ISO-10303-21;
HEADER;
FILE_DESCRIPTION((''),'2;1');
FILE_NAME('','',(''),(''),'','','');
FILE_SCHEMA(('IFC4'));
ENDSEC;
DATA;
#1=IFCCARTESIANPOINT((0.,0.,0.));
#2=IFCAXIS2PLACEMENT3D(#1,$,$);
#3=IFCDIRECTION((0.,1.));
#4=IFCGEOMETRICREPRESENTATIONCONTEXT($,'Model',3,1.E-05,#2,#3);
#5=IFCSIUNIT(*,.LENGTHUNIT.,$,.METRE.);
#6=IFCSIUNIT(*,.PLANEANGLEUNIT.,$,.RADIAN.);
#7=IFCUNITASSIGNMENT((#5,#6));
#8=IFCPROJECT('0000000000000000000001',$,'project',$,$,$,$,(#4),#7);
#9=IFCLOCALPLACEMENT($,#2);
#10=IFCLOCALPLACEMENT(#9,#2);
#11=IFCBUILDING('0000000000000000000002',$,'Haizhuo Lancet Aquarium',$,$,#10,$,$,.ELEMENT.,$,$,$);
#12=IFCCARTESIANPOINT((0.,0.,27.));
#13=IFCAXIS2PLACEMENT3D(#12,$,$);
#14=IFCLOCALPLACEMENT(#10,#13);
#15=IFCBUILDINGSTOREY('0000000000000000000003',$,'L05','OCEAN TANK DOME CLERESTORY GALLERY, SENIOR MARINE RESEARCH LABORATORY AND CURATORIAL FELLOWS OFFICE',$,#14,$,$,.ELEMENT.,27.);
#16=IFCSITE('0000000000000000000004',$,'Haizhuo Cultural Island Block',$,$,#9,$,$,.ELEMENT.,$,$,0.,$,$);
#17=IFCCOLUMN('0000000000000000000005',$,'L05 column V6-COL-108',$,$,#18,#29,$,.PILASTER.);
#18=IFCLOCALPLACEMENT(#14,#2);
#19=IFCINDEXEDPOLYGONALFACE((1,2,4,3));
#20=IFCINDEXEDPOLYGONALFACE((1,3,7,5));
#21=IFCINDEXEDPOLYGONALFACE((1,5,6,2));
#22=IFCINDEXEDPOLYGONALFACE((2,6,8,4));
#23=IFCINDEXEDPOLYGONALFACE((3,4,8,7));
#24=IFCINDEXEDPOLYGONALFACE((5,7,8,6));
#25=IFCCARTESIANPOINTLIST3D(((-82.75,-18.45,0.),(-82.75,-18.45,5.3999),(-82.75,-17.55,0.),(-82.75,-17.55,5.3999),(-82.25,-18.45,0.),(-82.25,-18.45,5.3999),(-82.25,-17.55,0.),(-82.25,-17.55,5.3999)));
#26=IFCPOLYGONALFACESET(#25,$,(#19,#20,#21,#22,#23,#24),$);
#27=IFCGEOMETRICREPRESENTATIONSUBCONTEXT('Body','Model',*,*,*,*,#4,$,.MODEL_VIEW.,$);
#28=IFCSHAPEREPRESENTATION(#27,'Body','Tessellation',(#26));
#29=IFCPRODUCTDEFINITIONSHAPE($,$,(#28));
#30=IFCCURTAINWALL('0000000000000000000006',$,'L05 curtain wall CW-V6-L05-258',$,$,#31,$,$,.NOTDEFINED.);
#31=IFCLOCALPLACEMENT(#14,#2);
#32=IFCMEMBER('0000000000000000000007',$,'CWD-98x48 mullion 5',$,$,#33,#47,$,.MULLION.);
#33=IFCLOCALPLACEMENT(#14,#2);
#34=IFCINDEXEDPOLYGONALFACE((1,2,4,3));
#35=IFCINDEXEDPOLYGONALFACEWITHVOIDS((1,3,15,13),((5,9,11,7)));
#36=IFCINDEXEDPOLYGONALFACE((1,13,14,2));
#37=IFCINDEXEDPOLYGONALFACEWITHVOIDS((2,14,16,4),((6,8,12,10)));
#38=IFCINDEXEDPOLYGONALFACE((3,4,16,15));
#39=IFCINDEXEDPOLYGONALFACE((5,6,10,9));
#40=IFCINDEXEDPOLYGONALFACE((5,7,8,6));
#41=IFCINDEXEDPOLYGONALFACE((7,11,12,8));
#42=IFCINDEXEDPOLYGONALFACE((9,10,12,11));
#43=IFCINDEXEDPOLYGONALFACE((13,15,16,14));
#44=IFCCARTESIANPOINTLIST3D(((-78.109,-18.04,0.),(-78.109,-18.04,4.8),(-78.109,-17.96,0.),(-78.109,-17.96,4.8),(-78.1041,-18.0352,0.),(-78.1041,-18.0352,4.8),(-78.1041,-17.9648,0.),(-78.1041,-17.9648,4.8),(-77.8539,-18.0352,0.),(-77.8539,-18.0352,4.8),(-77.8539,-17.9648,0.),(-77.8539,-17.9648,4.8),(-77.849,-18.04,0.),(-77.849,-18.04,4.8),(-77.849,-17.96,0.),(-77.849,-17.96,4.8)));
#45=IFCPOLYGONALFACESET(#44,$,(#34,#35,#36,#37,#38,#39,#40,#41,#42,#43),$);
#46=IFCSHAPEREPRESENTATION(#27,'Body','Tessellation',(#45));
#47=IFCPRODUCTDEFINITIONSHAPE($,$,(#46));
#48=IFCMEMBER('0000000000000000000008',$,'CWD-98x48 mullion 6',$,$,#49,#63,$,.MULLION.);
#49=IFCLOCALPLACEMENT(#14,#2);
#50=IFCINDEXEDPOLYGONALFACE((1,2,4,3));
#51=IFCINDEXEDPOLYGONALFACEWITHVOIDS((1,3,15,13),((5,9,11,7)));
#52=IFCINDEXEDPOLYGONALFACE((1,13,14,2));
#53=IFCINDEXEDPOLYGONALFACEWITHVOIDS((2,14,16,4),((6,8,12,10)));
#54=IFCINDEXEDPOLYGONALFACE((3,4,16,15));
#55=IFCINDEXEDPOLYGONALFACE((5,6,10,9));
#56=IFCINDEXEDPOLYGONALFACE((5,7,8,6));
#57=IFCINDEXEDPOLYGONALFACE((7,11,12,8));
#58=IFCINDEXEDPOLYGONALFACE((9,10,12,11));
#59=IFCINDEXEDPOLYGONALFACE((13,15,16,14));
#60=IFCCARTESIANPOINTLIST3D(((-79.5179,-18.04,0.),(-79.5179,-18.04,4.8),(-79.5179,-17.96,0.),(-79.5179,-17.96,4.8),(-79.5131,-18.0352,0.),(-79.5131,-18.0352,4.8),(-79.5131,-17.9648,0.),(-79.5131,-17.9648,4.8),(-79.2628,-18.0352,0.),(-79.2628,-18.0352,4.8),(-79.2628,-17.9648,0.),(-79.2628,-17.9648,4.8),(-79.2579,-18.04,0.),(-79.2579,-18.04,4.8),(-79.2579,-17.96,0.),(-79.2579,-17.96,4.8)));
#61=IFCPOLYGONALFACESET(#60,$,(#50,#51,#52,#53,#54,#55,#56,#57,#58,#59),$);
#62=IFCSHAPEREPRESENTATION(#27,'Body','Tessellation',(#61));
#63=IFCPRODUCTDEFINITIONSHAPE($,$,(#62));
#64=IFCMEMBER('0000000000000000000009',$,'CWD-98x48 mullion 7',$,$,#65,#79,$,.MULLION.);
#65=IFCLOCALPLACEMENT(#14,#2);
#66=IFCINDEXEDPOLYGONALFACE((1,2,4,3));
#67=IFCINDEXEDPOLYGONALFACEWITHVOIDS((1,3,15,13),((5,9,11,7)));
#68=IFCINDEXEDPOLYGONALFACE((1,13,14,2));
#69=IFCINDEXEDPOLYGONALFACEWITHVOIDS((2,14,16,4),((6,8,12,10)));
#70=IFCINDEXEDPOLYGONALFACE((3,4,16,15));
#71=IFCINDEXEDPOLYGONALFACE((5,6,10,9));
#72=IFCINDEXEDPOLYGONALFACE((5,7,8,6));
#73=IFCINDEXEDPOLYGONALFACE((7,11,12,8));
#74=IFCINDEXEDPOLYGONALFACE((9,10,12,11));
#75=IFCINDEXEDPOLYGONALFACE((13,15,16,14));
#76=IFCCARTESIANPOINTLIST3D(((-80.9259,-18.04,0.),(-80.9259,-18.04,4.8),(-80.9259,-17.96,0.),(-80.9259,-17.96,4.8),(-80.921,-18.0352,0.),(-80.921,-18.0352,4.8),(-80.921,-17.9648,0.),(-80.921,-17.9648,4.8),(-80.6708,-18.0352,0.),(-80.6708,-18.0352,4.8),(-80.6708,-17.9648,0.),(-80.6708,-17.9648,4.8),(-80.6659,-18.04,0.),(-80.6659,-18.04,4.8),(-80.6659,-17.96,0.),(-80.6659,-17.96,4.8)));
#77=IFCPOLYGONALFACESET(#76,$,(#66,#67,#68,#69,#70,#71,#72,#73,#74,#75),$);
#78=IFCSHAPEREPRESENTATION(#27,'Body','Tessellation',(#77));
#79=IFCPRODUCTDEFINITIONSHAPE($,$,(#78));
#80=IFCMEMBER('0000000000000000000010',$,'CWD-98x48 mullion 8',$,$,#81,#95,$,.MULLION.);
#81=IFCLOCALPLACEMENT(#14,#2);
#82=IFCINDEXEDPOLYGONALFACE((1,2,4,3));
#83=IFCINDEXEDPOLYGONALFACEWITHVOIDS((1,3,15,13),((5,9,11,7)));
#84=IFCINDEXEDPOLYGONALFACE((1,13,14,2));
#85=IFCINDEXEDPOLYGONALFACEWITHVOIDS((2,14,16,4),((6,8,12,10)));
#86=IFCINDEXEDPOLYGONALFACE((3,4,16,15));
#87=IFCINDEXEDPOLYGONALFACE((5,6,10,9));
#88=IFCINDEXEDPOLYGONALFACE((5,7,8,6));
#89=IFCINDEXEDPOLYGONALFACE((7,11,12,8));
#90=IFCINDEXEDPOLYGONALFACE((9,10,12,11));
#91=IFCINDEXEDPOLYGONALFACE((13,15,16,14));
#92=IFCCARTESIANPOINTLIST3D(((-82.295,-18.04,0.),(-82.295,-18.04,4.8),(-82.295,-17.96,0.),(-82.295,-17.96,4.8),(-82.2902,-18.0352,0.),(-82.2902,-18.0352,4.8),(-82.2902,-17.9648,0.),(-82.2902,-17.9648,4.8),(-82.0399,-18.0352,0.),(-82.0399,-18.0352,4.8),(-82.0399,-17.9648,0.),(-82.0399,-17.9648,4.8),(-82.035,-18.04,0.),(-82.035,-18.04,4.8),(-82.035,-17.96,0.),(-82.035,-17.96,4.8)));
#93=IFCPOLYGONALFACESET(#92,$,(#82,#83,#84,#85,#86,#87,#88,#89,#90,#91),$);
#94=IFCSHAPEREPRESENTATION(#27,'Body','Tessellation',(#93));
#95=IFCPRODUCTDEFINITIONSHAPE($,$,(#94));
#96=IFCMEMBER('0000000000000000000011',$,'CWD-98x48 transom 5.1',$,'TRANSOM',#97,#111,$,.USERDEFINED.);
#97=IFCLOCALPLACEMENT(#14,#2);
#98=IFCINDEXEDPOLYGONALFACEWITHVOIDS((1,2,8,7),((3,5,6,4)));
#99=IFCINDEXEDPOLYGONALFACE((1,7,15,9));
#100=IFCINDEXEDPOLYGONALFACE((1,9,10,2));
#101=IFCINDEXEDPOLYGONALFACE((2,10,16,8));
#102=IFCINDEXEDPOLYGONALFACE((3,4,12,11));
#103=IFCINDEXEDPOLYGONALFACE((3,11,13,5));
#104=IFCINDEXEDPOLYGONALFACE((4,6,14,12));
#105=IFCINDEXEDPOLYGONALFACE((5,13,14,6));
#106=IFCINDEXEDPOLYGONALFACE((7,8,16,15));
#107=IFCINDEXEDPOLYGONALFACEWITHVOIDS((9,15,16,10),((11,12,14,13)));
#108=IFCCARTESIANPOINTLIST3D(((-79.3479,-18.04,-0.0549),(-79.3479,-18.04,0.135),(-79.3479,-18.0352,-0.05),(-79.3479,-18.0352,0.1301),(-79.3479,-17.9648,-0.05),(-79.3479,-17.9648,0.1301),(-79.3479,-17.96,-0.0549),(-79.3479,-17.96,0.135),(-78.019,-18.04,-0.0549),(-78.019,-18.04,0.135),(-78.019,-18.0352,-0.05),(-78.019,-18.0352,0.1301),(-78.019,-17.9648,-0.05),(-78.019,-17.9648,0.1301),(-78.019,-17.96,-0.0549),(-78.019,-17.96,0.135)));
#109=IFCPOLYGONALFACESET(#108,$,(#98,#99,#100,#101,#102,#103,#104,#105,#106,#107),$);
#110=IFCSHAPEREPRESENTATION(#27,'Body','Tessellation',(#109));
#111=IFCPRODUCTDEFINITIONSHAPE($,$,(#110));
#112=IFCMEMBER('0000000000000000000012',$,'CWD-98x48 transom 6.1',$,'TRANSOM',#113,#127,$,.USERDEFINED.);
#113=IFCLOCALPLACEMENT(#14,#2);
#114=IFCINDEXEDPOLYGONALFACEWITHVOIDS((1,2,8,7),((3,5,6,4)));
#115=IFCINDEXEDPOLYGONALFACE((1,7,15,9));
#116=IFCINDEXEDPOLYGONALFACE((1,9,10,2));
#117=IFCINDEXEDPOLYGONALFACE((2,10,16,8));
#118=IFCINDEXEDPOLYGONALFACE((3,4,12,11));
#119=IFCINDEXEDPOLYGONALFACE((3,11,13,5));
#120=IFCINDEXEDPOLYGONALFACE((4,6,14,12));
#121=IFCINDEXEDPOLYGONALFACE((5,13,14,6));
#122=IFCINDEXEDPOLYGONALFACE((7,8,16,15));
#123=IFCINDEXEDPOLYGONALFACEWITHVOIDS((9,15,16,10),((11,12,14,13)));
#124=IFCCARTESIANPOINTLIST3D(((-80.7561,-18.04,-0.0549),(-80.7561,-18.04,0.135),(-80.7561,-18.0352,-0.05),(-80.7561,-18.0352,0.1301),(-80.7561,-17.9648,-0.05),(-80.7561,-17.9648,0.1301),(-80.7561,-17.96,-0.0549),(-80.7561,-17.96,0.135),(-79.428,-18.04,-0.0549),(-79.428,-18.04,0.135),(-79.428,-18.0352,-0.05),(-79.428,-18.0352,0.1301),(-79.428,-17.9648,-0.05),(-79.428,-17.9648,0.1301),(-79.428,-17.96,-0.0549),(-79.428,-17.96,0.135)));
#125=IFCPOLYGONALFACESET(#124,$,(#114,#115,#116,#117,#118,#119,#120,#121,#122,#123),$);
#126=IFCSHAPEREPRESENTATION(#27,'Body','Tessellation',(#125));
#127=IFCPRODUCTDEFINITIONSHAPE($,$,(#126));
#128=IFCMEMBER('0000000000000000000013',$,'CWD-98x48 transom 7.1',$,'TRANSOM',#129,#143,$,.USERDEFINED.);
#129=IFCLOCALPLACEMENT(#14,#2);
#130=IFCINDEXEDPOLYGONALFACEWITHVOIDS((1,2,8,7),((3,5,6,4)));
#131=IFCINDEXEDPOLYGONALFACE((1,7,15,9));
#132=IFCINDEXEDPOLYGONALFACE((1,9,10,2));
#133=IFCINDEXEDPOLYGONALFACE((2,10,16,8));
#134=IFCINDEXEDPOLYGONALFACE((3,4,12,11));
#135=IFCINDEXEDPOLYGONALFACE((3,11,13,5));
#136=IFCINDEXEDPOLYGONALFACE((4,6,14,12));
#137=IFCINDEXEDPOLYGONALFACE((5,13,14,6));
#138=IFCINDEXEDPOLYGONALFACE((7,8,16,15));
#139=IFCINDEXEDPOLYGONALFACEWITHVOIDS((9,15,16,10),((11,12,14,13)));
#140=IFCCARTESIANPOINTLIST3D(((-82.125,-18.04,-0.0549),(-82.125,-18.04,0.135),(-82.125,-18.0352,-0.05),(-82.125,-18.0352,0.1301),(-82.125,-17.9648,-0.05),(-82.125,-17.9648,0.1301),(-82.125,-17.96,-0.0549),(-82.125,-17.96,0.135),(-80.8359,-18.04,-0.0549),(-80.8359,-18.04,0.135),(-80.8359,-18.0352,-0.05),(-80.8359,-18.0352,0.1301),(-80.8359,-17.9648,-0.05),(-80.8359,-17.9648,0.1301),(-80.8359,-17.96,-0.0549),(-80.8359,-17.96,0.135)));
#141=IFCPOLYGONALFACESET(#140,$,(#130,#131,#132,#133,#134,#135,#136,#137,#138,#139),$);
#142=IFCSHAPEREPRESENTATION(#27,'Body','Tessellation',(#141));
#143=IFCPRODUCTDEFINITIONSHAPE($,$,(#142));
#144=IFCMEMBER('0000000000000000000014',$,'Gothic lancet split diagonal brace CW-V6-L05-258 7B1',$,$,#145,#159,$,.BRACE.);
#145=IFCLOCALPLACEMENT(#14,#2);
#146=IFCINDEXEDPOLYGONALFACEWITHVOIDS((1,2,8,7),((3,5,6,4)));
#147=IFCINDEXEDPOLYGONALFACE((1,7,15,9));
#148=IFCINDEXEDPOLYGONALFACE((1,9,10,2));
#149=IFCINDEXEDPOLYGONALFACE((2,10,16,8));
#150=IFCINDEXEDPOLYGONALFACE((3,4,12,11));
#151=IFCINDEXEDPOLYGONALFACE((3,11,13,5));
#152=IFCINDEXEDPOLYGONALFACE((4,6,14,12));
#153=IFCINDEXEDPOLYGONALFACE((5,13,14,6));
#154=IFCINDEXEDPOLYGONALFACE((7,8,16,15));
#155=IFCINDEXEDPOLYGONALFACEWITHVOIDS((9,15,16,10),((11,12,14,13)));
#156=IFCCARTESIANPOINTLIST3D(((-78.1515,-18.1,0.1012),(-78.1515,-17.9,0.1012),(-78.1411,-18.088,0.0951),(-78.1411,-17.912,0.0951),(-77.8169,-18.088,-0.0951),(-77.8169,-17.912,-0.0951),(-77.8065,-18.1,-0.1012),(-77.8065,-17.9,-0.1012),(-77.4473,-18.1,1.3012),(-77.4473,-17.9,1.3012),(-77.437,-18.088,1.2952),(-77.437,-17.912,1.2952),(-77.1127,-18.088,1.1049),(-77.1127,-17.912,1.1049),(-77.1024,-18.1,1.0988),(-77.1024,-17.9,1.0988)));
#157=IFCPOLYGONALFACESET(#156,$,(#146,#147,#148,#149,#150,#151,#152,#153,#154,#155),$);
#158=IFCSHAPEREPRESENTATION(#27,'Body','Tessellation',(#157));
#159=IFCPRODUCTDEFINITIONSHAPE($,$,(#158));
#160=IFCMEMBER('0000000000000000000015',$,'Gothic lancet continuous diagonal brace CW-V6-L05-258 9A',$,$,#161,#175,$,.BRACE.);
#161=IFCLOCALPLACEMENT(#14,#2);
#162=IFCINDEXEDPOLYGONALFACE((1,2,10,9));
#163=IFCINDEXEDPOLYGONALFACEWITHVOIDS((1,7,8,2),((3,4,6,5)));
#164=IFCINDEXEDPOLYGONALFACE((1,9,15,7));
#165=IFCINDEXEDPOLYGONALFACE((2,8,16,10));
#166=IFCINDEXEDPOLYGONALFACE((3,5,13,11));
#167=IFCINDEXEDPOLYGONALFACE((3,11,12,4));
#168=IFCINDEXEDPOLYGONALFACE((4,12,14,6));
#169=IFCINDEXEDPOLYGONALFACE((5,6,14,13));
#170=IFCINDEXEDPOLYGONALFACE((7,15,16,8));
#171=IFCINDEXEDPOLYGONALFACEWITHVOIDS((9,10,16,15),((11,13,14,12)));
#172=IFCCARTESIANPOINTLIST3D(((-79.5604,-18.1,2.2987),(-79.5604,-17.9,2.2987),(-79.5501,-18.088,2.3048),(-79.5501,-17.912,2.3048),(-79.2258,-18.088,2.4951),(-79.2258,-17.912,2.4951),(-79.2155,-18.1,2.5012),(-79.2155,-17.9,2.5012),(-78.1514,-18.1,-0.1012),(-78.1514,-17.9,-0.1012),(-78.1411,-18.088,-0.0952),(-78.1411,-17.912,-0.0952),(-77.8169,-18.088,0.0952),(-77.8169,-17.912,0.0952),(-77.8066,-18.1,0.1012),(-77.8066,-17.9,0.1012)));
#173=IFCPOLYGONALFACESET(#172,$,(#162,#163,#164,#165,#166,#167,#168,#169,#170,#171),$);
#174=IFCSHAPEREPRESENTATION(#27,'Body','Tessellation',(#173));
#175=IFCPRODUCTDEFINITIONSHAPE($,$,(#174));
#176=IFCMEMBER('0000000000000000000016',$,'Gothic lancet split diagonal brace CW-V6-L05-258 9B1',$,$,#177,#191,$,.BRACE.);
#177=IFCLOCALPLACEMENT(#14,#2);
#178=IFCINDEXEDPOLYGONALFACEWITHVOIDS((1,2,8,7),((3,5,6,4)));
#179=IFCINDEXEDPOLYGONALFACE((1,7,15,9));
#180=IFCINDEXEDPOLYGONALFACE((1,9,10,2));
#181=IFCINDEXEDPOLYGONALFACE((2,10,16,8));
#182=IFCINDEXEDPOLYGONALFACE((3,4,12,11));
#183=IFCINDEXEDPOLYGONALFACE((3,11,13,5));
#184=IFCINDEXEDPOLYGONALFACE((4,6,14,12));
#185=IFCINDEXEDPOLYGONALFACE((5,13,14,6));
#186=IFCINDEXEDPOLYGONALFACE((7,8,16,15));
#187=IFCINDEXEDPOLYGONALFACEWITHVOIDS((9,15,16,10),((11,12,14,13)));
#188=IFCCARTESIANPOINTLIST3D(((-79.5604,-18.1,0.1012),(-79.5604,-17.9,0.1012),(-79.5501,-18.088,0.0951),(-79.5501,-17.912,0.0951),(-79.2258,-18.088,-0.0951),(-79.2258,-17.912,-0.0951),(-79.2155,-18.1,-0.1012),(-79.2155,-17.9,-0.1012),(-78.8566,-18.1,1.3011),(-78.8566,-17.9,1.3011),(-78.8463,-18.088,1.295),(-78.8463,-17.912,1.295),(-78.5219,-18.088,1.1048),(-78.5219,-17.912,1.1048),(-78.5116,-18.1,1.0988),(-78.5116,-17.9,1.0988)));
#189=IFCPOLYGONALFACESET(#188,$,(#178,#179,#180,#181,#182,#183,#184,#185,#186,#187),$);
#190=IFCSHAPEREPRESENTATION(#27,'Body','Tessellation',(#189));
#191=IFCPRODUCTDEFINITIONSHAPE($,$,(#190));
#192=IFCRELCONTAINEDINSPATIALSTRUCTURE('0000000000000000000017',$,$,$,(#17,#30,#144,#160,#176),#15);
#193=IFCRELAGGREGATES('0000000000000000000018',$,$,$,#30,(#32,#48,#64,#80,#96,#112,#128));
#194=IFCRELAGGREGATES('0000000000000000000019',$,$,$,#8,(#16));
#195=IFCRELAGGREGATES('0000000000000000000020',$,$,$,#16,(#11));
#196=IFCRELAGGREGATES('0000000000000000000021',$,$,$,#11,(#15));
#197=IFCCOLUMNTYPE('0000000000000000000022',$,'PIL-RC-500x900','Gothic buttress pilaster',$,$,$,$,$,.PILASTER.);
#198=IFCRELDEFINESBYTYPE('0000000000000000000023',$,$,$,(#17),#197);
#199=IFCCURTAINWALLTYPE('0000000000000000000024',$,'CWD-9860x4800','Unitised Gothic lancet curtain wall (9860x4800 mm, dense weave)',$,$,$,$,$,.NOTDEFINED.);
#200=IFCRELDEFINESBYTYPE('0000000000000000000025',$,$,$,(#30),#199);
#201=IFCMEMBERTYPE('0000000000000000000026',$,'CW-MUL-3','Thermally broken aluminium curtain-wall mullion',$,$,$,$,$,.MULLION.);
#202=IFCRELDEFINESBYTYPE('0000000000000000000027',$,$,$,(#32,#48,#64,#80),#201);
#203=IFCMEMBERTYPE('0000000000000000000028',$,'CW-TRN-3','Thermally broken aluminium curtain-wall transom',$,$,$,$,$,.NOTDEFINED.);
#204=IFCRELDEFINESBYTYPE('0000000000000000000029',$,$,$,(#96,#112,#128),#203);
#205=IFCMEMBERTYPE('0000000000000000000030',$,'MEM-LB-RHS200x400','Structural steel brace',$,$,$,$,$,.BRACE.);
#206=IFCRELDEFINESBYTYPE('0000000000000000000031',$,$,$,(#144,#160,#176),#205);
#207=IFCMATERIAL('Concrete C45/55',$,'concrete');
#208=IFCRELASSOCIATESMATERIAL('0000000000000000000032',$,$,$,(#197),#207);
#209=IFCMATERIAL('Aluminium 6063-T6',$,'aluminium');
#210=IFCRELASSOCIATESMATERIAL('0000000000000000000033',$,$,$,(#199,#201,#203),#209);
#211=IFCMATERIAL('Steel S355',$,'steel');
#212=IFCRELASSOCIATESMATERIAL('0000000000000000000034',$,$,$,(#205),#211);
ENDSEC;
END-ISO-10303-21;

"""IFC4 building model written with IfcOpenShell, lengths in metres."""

from ifc_helpers import new_model, si_unit, direction, frame, origin, origin_2d, place, context, subcontext, project, spatial, rectangle, hollow_rectangle, extrude, material, material_profile, profile_set, type_object, element, aggregate, save


model = new_model("IFC4")

# Units and contexts
model_context = context("Model", 3, precision=1e-05, world=origin(), true_north=direction((0.0, 1.0)))
body_context = subcontext(model_context, "Body", "Model", "MODEL_VIEW")
ifc_project = project(units=[si_unit("LENGTHUNIT", "METRE"), si_unit("PLANEANGLEUNIT", "RADIAN")], contexts=[model_context])

# Site, building, storey
site_placement = place(None, origin())
site = spatial("IfcSite", under=ifc_project, at=site_placement, Name="Haizhuo Cultural Island Block", CompositionType="ELEMENT", RefElevation=0.0)
building_placement = place(site_placement, origin())
building = spatial("IfcBuilding", under=site, at=building_placement, Name="Haizhuo Lancet Aquarium", CompositionType="ELEMENT")
storey_placement = place(building_placement, frame((0.0, 0.0, 27.0)))
storey = spatial("IfcBuildingStorey", under=building, at=storey_placement, Name="L05", Description="OCEAN TANK DOME CLERESTORY GALLERY, SENIOR MARINE RESEARCH LABORATORY AND CURATORIAL FELLOWS OFFICE", CompositionType="ELEMENT", Elevation=27.0)

# Column
ifc_material_1 = material(Name="Concrete C45/55", Category="concrete")
ifc_material_profile_1 = material_profile(ifc_material_1, rectangle(XDim=0.5, YDim=0.8999, at=origin_2d()), Name="RC-PIL 500x900")
ifc_profile_set_1 = profile_set([ifc_material_profile_1], Name="Concrete C45/55")
column_type = type_object("IfcColumnType", Name="PIL-RC-500x900", Description="Gothic buttress pilaster", PredefinedType="PILASTER", material=ifc_profile_set_1)
column_placement = place(storey_placement, frame((-82.5, -18.0, 0.0), z_axis=(0.0, 0.0, 1.0), x_axis=(1.0, 0.0, 0.0)))
element("IfcColumn", 1, at=column_placement, inside=storey, type_object=column_type, Name="L05 column V6-COL-108", PredefinedType="PILASTER", context=body_context, shape_type="SweptSolid", body=[
    extrude(rectangle(XDim=0.5, YDim=0.8999, at=origin_2d()), origin(), (0.0, 0.0, 1.0), 5.3999),
])

# Curtain wall, members
ifc_material_2 = material(Name="Aluminium 6063-T6", Category="aluminium")
curtain_wall_type = type_object("IfcCurtainWallType", Name="CWD-9860x4800", Description="Unitised Gothic lancet curtain wall (9860x4800 mm, dense weave)", PredefinedType="NOTDEFINED", material=ifc_material_2)
curtain_wall_placement = place(storey_placement, origin())
curtain_wall = element("IfcCurtainWall", 2, at=curtain_wall_placement, inside=storey, type_object=curtain_wall_type, Name="L05 curtain wall CW-V6-L05-258", PredefinedType="NOTDEFINED")
ifc_material_profile_2 = material_profile(ifc_material_2, hollow_rectangle(XDim=0.0801, YDim=0.26, WallThickness=0.0049, at=origin_2d()), Name="ALU-M 80x260x5")
ifc_profile_set_2 = profile_set([ifc_material_profile_2], Name="Aluminium 6063-T6")
member_type_1 = type_object("IfcMemberType", Name="CW-MUL-3", Description="Thermally broken aluminium curtain-wall mullion", PredefinedType="MULLION", material=ifc_profile_set_2)
member_1_placement = place(storey_placement, frame((-77.979, -18.0, 0.0), z_axis=(0.0, 0.0, 1.0), x_axis=(0.0, -1.0, 0.0)))
member_1 = element("IfcMember", 3, at=member_1_placement, type_object=member_type_1, Name="CWD-98x48 mullion 5", PredefinedType="MULLION", context=body_context, shape_type="SweptSolid", body=[
    extrude(hollow_rectangle(XDim=0.0801, YDim=0.26, WallThickness=0.0049, at=origin_2d()), origin(), (0.0, 0.0, 1.0), 4.8),
])
member_2_placement = place(storey_placement, frame((-79.3879, -18.0, 0.0), z_axis=(0.0, 0.0, 1.0), x_axis=(0.0, -1.0, 0.0)))
member_2 = element("IfcMember", 4, at=member_2_placement, type_object=member_type_1, Name="CWD-98x48 mullion 6", PredefinedType="MULLION", context=body_context, shape_type="SweptSolid", body=[
    extrude(hollow_rectangle(XDim=0.0801, YDim=0.26, WallThickness=0.0049, at=origin_2d()), origin(), (0.0, 0.0, 1.0), 4.8),
])
member_3_placement = place(storey_placement, frame((-80.7959, -18.0, 0.0), z_axis=(0.0, 0.0, 1.0), x_axis=(0.0, -1.0, 0.0)))
member_3 = element("IfcMember", 5, at=member_3_placement, type_object=member_type_1, Name="CWD-98x48 mullion 7", PredefinedType="MULLION", context=body_context, shape_type="SweptSolid", body=[
    extrude(hollow_rectangle(XDim=0.0801, YDim=0.26, WallThickness=0.0049, at=origin_2d()), origin(), (0.0, 0.0, 1.0), 4.8),
])
member_4_placement = place(storey_placement, frame((-82.165, -18.0, 0.0), z_axis=(0.0, 0.0, 1.0), x_axis=(0.0, -1.0, 0.0)))
member_4 = element("IfcMember", 6, at=member_4_placement, type_object=member_type_1, Name="CWD-98x48 mullion 8", PredefinedType="MULLION", context=body_context, shape_type="SweptSolid", body=[
    extrude(hollow_rectangle(XDim=0.0801, YDim=0.26, WallThickness=0.0049, at=origin_2d()), origin(), (0.0, 0.0, 1.0), 4.8),
])
ifc_material_profile_3 = material_profile(ifc_material_2, hollow_rectangle(XDim=0.0801, YDim=0.1899, WallThickness=0.0049, at=origin_2d()), Name="ALU-T 80x190x5")
ifc_profile_set_3 = profile_set([ifc_material_profile_3], Name="Aluminium 6063-T6")
member_type_2 = type_object("IfcMemberType", Name="CW-TRN-3", Description="Thermally broken aluminium curtain-wall transom", PredefinedType="NOTDEFINED", material=ifc_profile_set_3)
member_5_placement = place(storey_placement, frame((-78.019, -18.0, 0.04), z_axis=(-1.0, 0.0, 0.0), x_axis=(0.0, -1.0, 0.0)))
member_5 = element("IfcMember", 7, at=member_5_placement, type_object=member_type_2, Name="CWD-98x48 transom 5.1", ObjectType="TRANSOM", PredefinedType="USERDEFINED", context=body_context, shape_type="SweptSolid", body=[
    extrude(hollow_rectangle(XDim=0.0801, YDim=0.1899, WallThickness=0.0049, at=origin_2d()), origin(), (0.0, 0.0, 1.0), 1.3289),
])
member_6_placement = place(storey_placement, frame((-79.428, -18.0, 0.04), z_axis=(-1.0, 0.0, 0.0), x_axis=(0.0, -1.0, 0.0)))
member_6 = element("IfcMember", 8, at=member_6_placement, type_object=member_type_2, Name="CWD-98x48 transom 6.1", ObjectType="TRANSOM", PredefinedType="USERDEFINED", context=body_context, shape_type="SweptSolid", body=[
    extrude(hollow_rectangle(XDim=0.0801, YDim=0.1899, WallThickness=0.0049, at=origin_2d()), origin(), (0.0, 0.0, 1.0), 1.3281),
])
member_7_placement = place(storey_placement, frame((-80.8359, -18.0, 0.04), z_axis=(-1.0, 0.0, 0.0), x_axis=(0.0, -1.0, 0.0)))
member_7 = element("IfcMember", 9, at=member_7_placement, type_object=member_type_2, Name="CWD-98x48 transom 7.1", ObjectType="TRANSOM", PredefinedType="USERDEFINED", context=body_context, shape_type="SweptSolid", body=[
    extrude(hollow_rectangle(XDim=0.0801, YDim=0.1899, WallThickness=0.0049, at=origin_2d()), origin(), (0.0, 0.0, 1.0), 1.2891),
])

# Members
ifc_material_3 = material(Name="Steel S355", Category="steel")
ifc_material_profile_4 = material_profile(ifc_material_3, hollow_rectangle(XDim=0.2, YDim=0.3999, WallThickness=0.012, at=origin_2d()), Name="RHS 200x400x12")
ifc_profile_set_4 = profile_set([ifc_material_profile_4], Name="Steel S355")
member_type_3 = type_object("IfcMemberType", Name="MEM-LB-RHS200x400", Description="Structural steel brace", PredefinedType="BRACE", material=ifc_profile_set_4)
member_8_placement = place(storey_placement, frame((-77.979, -18.0, 0.0), z_axis=(0.506084, 0.0, 0.862484), x_axis=(0.0, 1.0, 0.0)))
element("IfcMember", 10, at=member_8_placement, inside=storey, type_object=member_type_3, Name="Gothic lancet split diagonal brace CW-V6-L05-258 7B1", PredefinedType="BRACE", context=body_context, shape_type="SweptSolid", body=[
    extrude(hollow_rectangle(XDim=0.2, YDim=0.3999, WallThickness=0.012, at=origin_2d()), origin(), (0.0, 0.0, 1.0), 1.3914),
])
member_9_placement = place(storey_placement, frame((-77.979, -18.0, 0.0), z_axis=(-0.50628, 0.0, 0.862369), x_axis=(0.0, -1.0, 0.0)))
element("IfcMember", 11, at=member_9_placement, inside=storey, type_object=member_type_3, Name="Gothic lancet continuous diagonal brace CW-V6-L05-258 9A", PredefinedType="BRACE", context=body_context, shape_type="SweptSolid", body=[
    extrude(hollow_rectangle(XDim=0.2, YDim=0.3999, WallThickness=0.012, at=origin_2d()), origin(), (0.0, 0.0, 1.0), 2.783),
])
member_10_placement = place(storey_placement, frame((-79.3879, -18.0, 0.0), z_axis=(0.505954, 0.0, 0.862561), x_axis=(0.0, 1.0, 0.0)))
element("IfcMember", 12, at=member_10_placement, inside=storey, type_object=member_type_3, Name="Gothic lancet split diagonal brace CW-V6-L05-258 9B1", PredefinedType="BRACE", context=body_context, shape_type="SweptSolid", body=[
    extrude(hollow_rectangle(XDim=0.2, YDim=0.3999, WallThickness=0.012, at=origin_2d()), origin(), (0.0, 0.0, 1.0), 1.3911),
])

aggregate(curtain_wall, [member_1, member_2, member_3, member_4, member_5, member_6, member_7])

save(model, "model.ifc")
